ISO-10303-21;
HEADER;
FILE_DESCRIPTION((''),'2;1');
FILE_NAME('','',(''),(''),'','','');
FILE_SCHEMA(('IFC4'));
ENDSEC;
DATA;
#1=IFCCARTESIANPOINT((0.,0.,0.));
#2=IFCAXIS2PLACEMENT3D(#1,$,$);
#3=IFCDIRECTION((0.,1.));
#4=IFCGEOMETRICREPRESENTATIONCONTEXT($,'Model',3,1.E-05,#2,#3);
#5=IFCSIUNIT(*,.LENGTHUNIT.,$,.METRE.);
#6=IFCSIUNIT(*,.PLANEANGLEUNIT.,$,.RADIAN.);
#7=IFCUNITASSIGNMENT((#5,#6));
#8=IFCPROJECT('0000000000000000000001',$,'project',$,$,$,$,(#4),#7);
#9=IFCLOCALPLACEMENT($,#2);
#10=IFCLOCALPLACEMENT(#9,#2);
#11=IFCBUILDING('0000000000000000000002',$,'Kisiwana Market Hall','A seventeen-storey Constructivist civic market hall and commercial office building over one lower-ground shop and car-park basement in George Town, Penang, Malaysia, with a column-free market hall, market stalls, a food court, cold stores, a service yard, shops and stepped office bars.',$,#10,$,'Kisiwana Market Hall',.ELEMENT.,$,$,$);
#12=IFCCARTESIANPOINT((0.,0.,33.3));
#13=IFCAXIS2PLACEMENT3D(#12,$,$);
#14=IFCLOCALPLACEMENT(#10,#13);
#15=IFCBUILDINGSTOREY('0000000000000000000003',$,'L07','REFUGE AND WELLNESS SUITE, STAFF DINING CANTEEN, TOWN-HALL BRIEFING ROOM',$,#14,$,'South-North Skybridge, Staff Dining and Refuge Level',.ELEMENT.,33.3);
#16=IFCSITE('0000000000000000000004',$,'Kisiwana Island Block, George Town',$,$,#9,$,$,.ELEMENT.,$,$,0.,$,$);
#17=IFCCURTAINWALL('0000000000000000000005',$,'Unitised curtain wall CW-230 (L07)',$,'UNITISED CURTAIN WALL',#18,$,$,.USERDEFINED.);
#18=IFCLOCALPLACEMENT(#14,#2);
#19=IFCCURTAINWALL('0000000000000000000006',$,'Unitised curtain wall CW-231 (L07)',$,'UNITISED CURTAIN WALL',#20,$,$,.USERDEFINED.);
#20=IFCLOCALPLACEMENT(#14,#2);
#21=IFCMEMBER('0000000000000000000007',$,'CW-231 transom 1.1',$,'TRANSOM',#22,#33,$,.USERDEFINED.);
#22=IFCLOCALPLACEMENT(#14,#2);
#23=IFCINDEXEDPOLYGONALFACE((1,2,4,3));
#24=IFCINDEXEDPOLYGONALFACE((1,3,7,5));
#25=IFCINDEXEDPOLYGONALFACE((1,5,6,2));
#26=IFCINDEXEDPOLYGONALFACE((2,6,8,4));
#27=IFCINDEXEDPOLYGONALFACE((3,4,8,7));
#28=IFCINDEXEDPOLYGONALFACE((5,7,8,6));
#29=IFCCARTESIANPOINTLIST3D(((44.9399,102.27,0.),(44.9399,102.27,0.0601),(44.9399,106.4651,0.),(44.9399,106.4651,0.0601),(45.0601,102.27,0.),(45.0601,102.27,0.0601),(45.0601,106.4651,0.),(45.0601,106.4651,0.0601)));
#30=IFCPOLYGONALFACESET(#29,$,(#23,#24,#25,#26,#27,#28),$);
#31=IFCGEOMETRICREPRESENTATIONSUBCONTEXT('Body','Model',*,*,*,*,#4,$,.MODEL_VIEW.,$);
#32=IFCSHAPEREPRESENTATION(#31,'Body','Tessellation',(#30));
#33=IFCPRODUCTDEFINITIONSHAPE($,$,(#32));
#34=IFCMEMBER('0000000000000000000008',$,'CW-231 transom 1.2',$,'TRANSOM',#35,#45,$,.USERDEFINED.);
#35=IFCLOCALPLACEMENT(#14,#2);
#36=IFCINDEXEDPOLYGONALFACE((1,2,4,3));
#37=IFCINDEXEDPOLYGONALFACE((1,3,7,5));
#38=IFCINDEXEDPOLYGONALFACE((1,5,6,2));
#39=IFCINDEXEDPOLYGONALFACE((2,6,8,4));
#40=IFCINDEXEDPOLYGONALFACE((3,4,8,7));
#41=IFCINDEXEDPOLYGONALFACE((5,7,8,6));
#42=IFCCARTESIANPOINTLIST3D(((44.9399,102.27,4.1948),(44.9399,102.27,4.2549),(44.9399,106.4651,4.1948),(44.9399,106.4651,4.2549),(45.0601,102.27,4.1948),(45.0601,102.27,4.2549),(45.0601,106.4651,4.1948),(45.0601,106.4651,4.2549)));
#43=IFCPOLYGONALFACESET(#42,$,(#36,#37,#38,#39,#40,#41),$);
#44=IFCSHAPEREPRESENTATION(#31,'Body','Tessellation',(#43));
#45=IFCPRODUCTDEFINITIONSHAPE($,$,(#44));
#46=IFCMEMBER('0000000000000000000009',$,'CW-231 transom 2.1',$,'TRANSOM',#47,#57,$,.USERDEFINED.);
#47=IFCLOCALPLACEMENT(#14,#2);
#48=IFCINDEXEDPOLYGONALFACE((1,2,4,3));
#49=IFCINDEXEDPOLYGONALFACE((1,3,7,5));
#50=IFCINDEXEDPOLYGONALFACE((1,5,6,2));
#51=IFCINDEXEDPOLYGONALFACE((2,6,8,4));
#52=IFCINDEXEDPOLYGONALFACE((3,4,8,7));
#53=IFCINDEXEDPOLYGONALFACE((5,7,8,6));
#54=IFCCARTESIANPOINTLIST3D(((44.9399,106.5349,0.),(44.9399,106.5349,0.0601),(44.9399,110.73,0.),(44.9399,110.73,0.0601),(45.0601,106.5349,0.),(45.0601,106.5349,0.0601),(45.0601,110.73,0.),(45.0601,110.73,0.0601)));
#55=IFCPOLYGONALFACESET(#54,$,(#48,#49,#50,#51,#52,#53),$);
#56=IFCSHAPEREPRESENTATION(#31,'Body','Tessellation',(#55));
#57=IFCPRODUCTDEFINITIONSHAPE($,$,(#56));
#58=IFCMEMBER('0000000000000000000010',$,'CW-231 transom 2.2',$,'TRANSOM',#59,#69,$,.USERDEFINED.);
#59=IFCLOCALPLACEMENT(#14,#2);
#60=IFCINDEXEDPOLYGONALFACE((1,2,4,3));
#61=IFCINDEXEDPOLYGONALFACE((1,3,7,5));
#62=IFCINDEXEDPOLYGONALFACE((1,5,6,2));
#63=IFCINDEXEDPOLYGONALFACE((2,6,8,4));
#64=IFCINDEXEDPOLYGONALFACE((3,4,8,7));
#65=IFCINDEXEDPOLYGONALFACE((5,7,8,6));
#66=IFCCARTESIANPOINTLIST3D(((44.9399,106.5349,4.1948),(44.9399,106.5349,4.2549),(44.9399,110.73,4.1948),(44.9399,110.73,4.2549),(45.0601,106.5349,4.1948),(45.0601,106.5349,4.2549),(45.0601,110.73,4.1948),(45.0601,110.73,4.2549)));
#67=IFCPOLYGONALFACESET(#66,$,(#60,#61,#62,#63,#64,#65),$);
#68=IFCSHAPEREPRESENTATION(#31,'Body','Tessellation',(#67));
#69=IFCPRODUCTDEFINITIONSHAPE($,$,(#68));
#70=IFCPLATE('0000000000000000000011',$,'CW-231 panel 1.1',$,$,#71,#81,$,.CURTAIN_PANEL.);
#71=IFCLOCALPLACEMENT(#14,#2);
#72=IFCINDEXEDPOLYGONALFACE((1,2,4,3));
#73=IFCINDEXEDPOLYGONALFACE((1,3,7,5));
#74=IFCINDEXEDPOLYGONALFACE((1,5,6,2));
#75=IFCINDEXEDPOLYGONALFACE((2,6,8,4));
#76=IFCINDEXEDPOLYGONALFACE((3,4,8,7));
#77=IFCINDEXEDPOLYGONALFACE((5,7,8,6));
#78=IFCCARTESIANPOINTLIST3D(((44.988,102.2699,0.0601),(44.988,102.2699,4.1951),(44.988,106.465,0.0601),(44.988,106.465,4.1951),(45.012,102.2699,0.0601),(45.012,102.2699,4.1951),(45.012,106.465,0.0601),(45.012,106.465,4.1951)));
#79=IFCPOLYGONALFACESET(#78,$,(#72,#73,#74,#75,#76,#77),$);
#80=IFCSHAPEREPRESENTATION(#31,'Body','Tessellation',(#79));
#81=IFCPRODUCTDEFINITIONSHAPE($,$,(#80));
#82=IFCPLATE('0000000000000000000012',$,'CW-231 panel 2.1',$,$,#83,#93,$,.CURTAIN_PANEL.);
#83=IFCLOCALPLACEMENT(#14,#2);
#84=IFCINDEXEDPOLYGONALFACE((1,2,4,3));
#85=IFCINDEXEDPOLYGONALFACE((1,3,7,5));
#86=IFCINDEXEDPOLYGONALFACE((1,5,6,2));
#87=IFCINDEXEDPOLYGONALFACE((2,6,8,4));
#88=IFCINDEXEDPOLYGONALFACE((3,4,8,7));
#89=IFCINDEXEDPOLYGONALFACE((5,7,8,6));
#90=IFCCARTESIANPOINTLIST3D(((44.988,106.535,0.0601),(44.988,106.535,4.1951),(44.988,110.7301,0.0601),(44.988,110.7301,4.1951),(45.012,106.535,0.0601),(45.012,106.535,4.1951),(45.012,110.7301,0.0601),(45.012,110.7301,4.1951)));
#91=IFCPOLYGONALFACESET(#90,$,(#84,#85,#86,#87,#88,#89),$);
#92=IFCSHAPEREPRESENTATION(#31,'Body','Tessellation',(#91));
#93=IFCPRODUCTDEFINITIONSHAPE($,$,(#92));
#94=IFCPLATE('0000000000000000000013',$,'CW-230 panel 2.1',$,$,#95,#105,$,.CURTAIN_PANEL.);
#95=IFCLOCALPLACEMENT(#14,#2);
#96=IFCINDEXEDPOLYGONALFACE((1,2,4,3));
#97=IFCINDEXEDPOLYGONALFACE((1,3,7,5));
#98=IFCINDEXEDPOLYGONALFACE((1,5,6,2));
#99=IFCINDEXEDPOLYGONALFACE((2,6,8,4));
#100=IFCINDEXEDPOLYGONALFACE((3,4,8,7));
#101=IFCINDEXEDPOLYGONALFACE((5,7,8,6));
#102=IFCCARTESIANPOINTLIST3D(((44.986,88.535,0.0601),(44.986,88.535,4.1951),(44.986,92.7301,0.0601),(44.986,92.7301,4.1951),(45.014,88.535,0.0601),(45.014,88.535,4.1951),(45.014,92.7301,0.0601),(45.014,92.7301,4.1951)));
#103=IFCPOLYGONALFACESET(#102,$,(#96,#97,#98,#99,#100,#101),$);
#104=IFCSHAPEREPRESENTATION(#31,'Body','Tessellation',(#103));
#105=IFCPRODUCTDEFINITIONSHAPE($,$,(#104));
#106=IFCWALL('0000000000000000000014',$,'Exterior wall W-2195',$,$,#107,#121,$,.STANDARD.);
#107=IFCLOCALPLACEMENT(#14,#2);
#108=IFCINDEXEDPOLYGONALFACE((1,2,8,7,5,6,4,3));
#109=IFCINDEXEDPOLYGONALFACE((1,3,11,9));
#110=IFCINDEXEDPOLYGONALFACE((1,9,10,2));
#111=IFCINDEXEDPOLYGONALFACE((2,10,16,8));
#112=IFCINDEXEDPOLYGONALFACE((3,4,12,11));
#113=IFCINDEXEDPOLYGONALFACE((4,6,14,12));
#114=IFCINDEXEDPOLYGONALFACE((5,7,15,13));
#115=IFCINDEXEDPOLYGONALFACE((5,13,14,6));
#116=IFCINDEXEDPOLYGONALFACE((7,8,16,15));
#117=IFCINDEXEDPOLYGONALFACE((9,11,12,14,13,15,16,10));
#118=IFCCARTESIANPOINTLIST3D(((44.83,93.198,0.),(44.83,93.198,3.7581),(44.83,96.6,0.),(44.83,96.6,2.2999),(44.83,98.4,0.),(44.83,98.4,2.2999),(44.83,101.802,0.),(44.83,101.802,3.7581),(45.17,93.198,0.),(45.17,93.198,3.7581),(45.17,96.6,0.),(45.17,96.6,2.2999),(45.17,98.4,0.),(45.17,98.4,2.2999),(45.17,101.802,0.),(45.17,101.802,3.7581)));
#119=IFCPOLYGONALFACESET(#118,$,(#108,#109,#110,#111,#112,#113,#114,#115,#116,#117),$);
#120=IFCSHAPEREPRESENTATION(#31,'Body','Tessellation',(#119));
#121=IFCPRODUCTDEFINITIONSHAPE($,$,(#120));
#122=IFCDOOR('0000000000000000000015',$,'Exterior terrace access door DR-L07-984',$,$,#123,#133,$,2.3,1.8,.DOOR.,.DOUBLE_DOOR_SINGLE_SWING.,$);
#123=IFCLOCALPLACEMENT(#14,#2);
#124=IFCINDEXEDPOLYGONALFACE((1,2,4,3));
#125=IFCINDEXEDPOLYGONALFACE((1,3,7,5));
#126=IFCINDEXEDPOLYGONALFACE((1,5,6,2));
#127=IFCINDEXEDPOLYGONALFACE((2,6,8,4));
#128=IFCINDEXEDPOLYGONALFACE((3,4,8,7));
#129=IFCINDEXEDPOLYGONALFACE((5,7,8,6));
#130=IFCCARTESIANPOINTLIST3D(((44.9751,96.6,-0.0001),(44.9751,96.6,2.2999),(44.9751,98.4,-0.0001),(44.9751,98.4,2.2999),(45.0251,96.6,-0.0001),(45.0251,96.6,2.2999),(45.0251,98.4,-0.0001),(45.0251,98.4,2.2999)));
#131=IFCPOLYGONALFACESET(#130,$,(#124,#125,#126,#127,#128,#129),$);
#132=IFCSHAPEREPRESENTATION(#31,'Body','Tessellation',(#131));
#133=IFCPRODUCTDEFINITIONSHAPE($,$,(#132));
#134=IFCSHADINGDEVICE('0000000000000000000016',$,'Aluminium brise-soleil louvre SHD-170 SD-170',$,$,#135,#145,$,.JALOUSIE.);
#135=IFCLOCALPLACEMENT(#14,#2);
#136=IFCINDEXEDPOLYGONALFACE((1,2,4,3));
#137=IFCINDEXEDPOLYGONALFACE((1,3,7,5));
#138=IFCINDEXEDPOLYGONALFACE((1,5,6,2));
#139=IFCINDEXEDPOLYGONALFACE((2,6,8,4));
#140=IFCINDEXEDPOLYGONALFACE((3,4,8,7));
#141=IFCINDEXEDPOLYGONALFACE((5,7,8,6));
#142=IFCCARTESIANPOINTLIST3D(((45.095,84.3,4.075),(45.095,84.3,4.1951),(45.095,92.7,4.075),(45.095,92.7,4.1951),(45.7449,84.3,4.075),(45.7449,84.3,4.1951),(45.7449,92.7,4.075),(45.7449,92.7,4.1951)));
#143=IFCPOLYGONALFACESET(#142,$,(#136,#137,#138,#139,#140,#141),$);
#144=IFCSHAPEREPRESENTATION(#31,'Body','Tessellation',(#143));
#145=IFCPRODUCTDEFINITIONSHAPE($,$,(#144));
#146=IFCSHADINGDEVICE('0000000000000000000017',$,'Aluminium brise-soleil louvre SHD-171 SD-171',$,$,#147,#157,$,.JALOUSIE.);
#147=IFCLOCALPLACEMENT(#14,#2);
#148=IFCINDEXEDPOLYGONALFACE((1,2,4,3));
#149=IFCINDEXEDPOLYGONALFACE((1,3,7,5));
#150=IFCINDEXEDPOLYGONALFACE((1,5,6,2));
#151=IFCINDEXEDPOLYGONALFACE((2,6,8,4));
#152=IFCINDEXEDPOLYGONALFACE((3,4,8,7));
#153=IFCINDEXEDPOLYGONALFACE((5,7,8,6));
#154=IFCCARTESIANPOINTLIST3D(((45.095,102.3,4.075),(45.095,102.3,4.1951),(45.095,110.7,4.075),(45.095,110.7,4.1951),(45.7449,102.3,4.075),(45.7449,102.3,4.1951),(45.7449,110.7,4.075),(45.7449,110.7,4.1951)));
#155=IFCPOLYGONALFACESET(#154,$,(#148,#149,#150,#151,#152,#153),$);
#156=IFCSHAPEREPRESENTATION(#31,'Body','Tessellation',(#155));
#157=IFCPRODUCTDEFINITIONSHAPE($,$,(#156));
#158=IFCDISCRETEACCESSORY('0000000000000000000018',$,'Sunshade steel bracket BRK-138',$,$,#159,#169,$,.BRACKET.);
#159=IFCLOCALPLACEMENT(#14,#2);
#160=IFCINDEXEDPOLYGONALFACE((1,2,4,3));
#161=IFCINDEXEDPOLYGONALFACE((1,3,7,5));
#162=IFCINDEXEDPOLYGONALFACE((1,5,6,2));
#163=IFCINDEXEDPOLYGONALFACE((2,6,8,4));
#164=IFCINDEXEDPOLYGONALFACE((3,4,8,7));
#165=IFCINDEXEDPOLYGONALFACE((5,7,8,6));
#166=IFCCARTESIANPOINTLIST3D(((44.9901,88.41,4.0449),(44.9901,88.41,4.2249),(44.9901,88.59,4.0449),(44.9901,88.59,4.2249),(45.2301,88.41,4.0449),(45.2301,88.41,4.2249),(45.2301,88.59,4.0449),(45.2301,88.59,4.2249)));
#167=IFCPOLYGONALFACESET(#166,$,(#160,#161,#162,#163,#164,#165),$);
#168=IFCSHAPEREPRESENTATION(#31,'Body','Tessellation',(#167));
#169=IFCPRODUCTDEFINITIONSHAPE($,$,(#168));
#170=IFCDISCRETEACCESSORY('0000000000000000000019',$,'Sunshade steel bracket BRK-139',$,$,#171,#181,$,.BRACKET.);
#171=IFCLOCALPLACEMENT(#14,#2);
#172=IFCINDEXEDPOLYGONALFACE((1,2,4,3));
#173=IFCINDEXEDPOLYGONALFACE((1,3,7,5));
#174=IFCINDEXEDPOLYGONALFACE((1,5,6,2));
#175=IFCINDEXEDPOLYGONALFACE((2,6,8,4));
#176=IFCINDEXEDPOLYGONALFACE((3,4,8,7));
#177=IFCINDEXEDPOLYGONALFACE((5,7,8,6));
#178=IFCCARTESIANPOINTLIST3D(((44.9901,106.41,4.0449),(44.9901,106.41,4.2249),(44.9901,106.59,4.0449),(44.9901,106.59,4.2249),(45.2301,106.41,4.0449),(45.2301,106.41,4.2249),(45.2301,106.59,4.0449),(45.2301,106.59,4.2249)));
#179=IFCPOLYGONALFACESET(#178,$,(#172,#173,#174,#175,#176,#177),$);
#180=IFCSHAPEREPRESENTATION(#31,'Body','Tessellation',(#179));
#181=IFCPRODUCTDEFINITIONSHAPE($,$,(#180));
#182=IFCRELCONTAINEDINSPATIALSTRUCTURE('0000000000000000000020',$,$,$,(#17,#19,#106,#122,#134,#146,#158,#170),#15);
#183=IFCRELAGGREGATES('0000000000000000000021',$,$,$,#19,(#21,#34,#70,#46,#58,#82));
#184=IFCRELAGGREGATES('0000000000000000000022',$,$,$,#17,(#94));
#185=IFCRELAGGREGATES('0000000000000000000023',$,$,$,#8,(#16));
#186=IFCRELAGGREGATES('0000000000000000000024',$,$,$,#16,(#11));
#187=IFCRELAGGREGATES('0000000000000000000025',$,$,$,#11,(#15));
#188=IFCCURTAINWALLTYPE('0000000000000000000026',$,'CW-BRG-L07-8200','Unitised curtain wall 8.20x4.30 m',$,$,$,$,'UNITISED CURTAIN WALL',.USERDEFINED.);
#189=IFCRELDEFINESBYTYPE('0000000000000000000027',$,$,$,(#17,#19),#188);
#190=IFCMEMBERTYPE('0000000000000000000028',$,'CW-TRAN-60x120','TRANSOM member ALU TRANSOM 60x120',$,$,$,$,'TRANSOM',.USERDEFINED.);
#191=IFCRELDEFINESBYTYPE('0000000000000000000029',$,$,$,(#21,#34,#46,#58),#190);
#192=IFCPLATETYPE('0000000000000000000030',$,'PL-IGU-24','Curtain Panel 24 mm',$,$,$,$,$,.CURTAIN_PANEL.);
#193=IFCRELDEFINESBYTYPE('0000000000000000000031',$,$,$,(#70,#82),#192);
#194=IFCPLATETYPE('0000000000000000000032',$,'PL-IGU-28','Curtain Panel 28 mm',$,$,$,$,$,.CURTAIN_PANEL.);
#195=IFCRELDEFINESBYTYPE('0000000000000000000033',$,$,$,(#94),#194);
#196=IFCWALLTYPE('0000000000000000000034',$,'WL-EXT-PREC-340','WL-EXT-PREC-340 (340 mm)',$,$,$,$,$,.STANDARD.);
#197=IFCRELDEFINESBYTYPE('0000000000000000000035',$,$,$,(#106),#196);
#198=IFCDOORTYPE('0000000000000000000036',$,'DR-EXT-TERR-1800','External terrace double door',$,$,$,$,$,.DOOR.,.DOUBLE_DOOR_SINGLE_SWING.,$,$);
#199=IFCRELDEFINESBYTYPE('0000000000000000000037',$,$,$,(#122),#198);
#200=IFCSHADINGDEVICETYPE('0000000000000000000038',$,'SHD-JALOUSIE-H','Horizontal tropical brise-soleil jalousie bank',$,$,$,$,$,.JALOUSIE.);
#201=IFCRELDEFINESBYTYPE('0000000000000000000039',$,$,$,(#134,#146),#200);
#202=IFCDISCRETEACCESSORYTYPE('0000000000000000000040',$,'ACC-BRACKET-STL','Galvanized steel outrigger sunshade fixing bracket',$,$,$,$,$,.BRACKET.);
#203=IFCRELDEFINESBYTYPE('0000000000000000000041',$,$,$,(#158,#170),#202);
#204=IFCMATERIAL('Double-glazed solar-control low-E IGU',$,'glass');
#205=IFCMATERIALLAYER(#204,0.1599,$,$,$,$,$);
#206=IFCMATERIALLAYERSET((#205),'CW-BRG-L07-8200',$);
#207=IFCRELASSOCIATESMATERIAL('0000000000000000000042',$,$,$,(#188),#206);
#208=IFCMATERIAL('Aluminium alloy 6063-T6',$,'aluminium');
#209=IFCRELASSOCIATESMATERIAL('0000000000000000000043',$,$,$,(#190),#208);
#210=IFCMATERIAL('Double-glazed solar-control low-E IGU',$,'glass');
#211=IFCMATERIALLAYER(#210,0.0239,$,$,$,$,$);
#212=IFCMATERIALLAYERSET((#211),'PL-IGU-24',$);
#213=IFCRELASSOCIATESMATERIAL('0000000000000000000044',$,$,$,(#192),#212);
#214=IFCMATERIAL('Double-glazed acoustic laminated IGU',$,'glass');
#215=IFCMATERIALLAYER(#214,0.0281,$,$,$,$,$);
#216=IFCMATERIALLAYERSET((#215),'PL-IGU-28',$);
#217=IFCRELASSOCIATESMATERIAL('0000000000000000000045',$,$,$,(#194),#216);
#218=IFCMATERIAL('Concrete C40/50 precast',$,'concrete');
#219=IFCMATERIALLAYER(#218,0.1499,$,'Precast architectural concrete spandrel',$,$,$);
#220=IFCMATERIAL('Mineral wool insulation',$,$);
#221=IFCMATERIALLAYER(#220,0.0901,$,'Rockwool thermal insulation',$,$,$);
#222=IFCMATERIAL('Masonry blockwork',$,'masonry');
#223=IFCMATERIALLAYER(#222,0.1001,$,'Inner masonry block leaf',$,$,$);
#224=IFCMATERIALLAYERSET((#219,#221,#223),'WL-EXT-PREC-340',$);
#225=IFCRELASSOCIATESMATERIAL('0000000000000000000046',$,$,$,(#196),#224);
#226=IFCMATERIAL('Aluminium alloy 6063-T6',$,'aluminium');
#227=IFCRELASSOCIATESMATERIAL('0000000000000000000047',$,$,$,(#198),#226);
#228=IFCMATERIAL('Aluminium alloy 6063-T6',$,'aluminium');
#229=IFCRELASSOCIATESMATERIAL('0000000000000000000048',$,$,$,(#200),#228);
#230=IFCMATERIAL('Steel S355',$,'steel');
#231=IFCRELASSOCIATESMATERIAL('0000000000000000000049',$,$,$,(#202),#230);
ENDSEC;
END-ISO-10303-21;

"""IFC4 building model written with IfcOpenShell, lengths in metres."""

from ifc_helpers import new_model, si_unit, direction, frame, frame_2d, origin, origin_2d, place, context, subcontext, project, spatial, rectangle, extrude, material, layer, layer_set, material_profile, profile_set, type_object, element, fill, aggregate, save


model = new_model("IFC4")

# Units and contexts
model_context = context("Model", 3, precision=1e-05, world=origin(), true_north=direction((0.0, 1.0)))
body_context = subcontext(model_context, "Body", "Model", "MODEL_VIEW")
ifc_project = project(units=[si_unit("LENGTHUNIT", "METRE"), si_unit("PLANEANGLEUNIT", "RADIAN")], contexts=[model_context])

# Site, building, storey
site_placement = place(None, origin())
site = spatial("IfcSite", under=ifc_project, at=site_placement, Name="Kisiwana Island Block, George Town", CompositionType="ELEMENT", RefElevation=0.0)
building_placement = place(site_placement, origin())
building = spatial("IfcBuilding", under=site, at=building_placement, Name="Kisiwana Market Hall", Description="A seventeen-storey Constructivist civic market hall and commercial office building over one lower-ground shop and car-park basement in George Town, Penang, Malaysia, with a column-free market hall, market stalls, a food court, cold stores, a service yard, shops and stepped office bars.", LongName="Kisiwana Market Hall", CompositionType="ELEMENT")
storey_placement = place(building_placement, frame((0.0, 0.0, 33.3)))
storey = spatial("IfcBuildingStorey", under=building, at=storey_placement, Name="L07", Description="REFUGE AND WELLNESS SUITE, STAFF DINING CANTEEN, TOWN-HALL BRIEFING ROOM", LongName="South-North Skybridge, Staff Dining and Refuge Level", CompositionType="ELEMENT", Elevation=33.3)

# Curtain wall
ifc_material_1 = material(Name="Double-glazed solar-control low-E IGU", Category="glass")
ifc_layer_1 = layer(ifc_material_1, 0.1599)
ifc_layer_set_1 = layer_set([ifc_layer_1], Name="CW-BRG-L07-8200")
curtain_wall_type = type_object("IfcCurtainWallType", Name="CW-BRG-L07-8200", Description="Unitised curtain wall 8.20x4.30 m", ElementType="UNITISED CURTAIN WALL", PredefinedType="USERDEFINED", material=ifc_layer_set_1)
curtain_wall_1_placement = place(storey_placement, origin())
curtain_wall_1 = element("IfcCurtainWall", 1, at=curtain_wall_1_placement, inside=storey, type_object=curtain_wall_type, Name="Unitised curtain wall CW-230 (L07)", ObjectType="UNITISED CURTAIN WALL", PredefinedType="USERDEFINED")

# Curtain wall, members, plates
curtain_wall_2_placement = place(storey_placement, origin())
curtain_wall_2 = element("IfcCurtainWall", 2, at=curtain_wall_2_placement, inside=storey, type_object=curtain_wall_type, Name="Unitised curtain wall CW-231 (L07)", ObjectType="UNITISED CURTAIN WALL", PredefinedType="USERDEFINED")
ifc_material_2 = material(Name="Aluminium alloy 6063-T6", Category="aluminium")
ifc_material_profile_1 = material_profile(ifc_material_2, rectangle(XDim=0.1201, YDim=0.0601, at=origin_2d()), Name="ALU TRANSOM 60x120")
ifc_profile_set_1 = profile_set([ifc_material_profile_1], Name="Aluminium alloy 6063-T6")
member_type_1 = type_object("IfcMemberType", Name="CW-TRAN-60x120", Description="TRANSOM member ALU TRANSOM 60x120", ElementType="TRANSOM", PredefinedType="USERDEFINED", material=ifc_profile_set_1)
member_1_placement = place(storey_placement, frame((45.0, 102.27, 0.03), z_axis=(0.0, 1.0, 0.0), x_axis=(-1.0, 0.0, 0.0)))
member_1 = element("IfcMember", 3, at=member_1_placement, type_object=member_type_1, Name="CW-231 transom 1.1", ObjectType="TRANSOM", PredefinedType="USERDEFINED", context=body_context, shape_type="SweptSolid", body=[
    extrude(rectangle(XDim=0.1201, YDim=0.0601, at=origin_2d()), origin(), (0.0, 0.0, 1.0), 4.1951),
])
member_2_placement = place(storey_placement, frame((45.0, 102.27, 4.2249), z_axis=(0.0, 1.0, 0.0), x_axis=(-1.0, 0.0, 0.0)))
member_2 = element("IfcMember", 4, at=member_2_placement, type_object=member_type_1, Name="CW-231 transom 1.2", ObjectType="TRANSOM", PredefinedType="USERDEFINED", context=body_context, shape_type="SweptSolid", body=[
    extrude(rectangle(XDim=0.1201, YDim=0.0601, at=origin_2d()), origin(), (0.0, 0.0, 1.0), 4.1951),
])
member_3_placement = place(storey_placement, frame((45.0, 106.5349, 0.03), z_axis=(0.0, 1.0, 0.0), x_axis=(-1.0, 0.0, 0.0)))
member_3 = element("IfcMember", 5, at=member_3_placement, type_object=member_type_1, Name="CW-231 transom 2.1", ObjectType="TRANSOM", PredefinedType="USERDEFINED", context=body_context, shape_type="SweptSolid", body=[
    extrude(rectangle(XDim=0.1201, YDim=0.0601, at=origin_2d()), origin(), (0.0, 0.0, 1.0), 4.1951),
])
member_4_placement = place(storey_placement, frame((45.0, 106.5349, 4.2249), z_axis=(0.0, 1.0, 0.0), x_axis=(-1.0, 0.0, 0.0)))
member_4 = element("IfcMember", 6, at=member_4_placement, type_object=member_type_1, Name="CW-231 transom 2.2", ObjectType="TRANSOM", PredefinedType="USERDEFINED", context=body_context, shape_type="SweptSolid", body=[
    extrude(rectangle(XDim=0.1201, YDim=0.0601, at=origin_2d()), origin(), (0.0, 0.0, 1.0), 4.1951),
])
ifc_material_3 = material(Name="Double-glazed solar-control low-E IGU", Category="glass")
ifc_layer_2 = layer(ifc_material_3, 0.0239)
ifc_layer_set_2 = layer_set([ifc_layer_2], Name="PL-IGU-24")
plate_type_1 = type_object("IfcPlateType", Name="PL-IGU-24", Description="Curtain Panel 24 mm", PredefinedType="CURTAIN_PANEL", material=ifc_layer_set_2)
plate_1_placement = place(storey_placement, frame((45.0, 104.3674, 0.0601), z_axis=(0.0, 0.0, 1.0), x_axis=(0.0, 1.0, 0.0)))
plate_1 = element("IfcPlate", 7, at=plate_1_placement, type_object=plate_type_1, Name="CW-231 panel 1.1", PredefinedType="CURTAIN_PANEL", context=body_context, shape_type="SweptSolid", body=[
    extrude(rectangle(XDim=4.1951, YDim=0.0239, at=origin_2d()), origin(), (0.0, 0.0, 1.0), 4.135),
])
plate_2_placement = place(storey_placement, frame((45.0, 108.6326, 0.0601), z_axis=(0.0, 0.0, 1.0), x_axis=(0.0, 1.0, 0.0)))
plate_2 = element("IfcPlate", 8, at=plate_2_placement, type_object=plate_type_1, Name="CW-231 panel 2.1", PredefinedType="CURTAIN_PANEL", context=body_context, shape_type="SweptSolid", body=[
    extrude(rectangle(XDim=4.1951, YDim=0.0239, at=origin_2d()), origin(), (0.0, 0.0, 1.0), 4.135),
])
aggregate(curtain_wall_2, [member_1, member_2, plate_1, member_3, member_4, plate_2])

# Plate
ifc_material_4 = material(Name="Double-glazed acoustic laminated IGU", Category="glass")
ifc_layer_3 = layer(ifc_material_4, 0.0281)
ifc_layer_set_3 = layer_set([ifc_layer_3], Name="PL-IGU-28")
plate_type_2 = type_object("IfcPlateType", Name="PL-IGU-28", Description="Curtain Panel 28 mm", PredefinedType="CURTAIN_PANEL", material=ifc_layer_set_3)
plate_3_placement = place(storey_placement, frame((45.0, 90.6326, 0.0601), z_axis=(0.0, 0.0, 1.0), x_axis=(0.0, 1.0, 0.0)))
plate_3 = element("IfcPlate", 9, at=plate_3_placement, type_object=plate_type_2, Name="CW-230 panel 2.1", PredefinedType="CURTAIN_PANEL", context=body_context, shape_type="SweptSolid", body=[
    extrude(rectangle(XDim=4.1951, YDim=0.0281, at=origin_2d()), origin(), (0.0, 0.0, 1.0), 4.135),
])
aggregate(curtain_wall_1, [plate_3])

# Wall, opening, door
ifc_material_5 = material(Name="Concrete C40/50 precast", Category="concrete")
ifc_layer_4 = layer(ifc_material_5, 0.1499, Name="Precast architectural concrete spandrel")
ifc_material_6 = material(Name="Mineral wool insulation")
ifc_layer_5 = layer(ifc_material_6, 0.0901, Name="Rockwool thermal insulation")
ifc_material_7 = material(Name="Masonry blockwork", Category="masonry")
ifc_layer_6 = layer(ifc_material_7, 0.1001, Name="Inner masonry block leaf")
ifc_layer_set_4 = layer_set([ifc_layer_4, ifc_layer_5, ifc_layer_6], Name="WL-EXT-PREC-340")
wall_type = type_object("IfcWallType", Name="WL-EXT-PREC-340", Description="WL-EXT-PREC-340 (340 mm)", PredefinedType="STANDARD", material=ifc_layer_set_4)
wall_placement = place(storey_placement, frame((45.0, 93.198, 0.0), z_axis=(0.0, 0.0, 1.0), x_axis=(0.0, 1.0, 0.0)))
wall = element("IfcWall", 10, at=wall_placement, inside=storey, type_object=wall_type, Name="Exterior wall W-2195", PredefinedType="STANDARD", context=body_context, shape_type="SweptSolid", body=[
    extrude(rectangle(XDim=8.604, YDim=0.3401, at=frame_2d((4.302, 0.0))), origin(), (0.0, 0.0, 1.0), 3.7581),
])
opening_placement = place(wall_placement, frame((3.4021, 0.0, 0.0)))
opening = element("IfcOpeningElement", 11, at=opening_placement, cuts=wall, PredefinedType="OPENING", context=body_context, shape_type="SweptSolid", body=[
    extrude(rectangle(XDim=1.8, YDim=2.3, at=frame_2d((0.8999, 1.1499))), frame((0.0, 0.1821, 0.0), z_axis=(0.0, -1.0, 0.0), x_axis=(1.0, 0.0, 0.0)), (0.0, 0.0, 1.0), 0.364),
])
ifc_material_8 = material(Name="Aluminium alloy 6063-T6", Category="aluminium")
door_type = type_object("IfcDoorType", Name="DR-EXT-TERR-1800", Description="External terrace double door", OperationType="DOUBLE_DOOR_SINGLE_SWING", PredefinedType="DOOR", material=ifc_material_8)
door_placement = place(opening_placement, origin())
door = element("IfcDoor", 12, at=door_placement, inside=storey, type_object=door_type, Name="Exterior terrace access door DR-L07-984", OperationType="DOUBLE_DOOR_SINGLE_SWING", OverallHeight=2.3, OverallWidth=1.8, PredefinedType="DOOR", context=body_context, shape_type="SweptSolid", body=[
    extrude(rectangle(XDim=1.8, YDim=2.3, at=frame_2d((0.8999, 1.1499))), frame((0.0, 0.0249, 0.0), z_axis=(0.0, -1.0, 0.0), x_axis=(1.0, 0.0, 0.0)), (0.0, 0.0, 1.0), 0.05),
])
fill(opening, door)

# Shading devices
ifc_material_9 = material(Name="Aluminium alloy 6063-T6", Category="aluminium")
shading_device_type = type_object("IfcShadingDeviceType", Name="SHD-JALOUSIE-H", Description="Horizontal tropical brise-soleil jalousie bank", PredefinedType="JALOUSIE", material=ifc_material_9)
for number, where, z_axis, x_axis, name in (
    (13, (45.4199, 88.5, 4.075), (0.0, 0.0, 1.0), (0.0, 1.0, 0.0), "Aluminium brise-soleil louvre SHD-170 SD-170"),
    (14, (45.4199, 106.5, 4.075), (0.0, 0.0, 1.0), (0.0, 1.0, 0.0), "Aluminium brise-soleil louvre SHD-171 SD-171"),
):
    element("IfcShadingDevice", number, at=place(storey_placement, frame(where, z_axis=z_axis, x_axis=x_axis)), inside=storey, type_object=shading_device_type, Name=name, PredefinedType="JALOUSIE", context=body_context, shape_type="SweptSolid", body=[
        extrude(rectangle(XDim=8.3999, YDim=0.6499, at=origin_2d()), origin(), (0.0, 0.0, 1.0), 0.1201),
    ])

# Discrete accessories
ifc_material_10 = material(Name="Steel S355", Category="steel")
discrete_accessory_type = type_object("IfcDiscreteAccessoryType", Name="ACC-BRACKET-STL", Description="Galvanized steel outrigger sunshade fixing bracket", PredefinedType="BRACKET", material=ifc_material_10)
for number, where, z_axis, x_axis, name in (
    (15, (45.1101, 88.5, 4.0449), (0.0, 0.0, 1.0), (0.0, 1.0, 0.0), "Sunshade steel bracket BRK-138"),
    (16, (45.1101, 106.5, 4.0449), (0.0, 0.0, 1.0), (0.0, 1.0, 0.0), "Sunshade steel bracket BRK-139"),
):
    element("IfcDiscreteAccessory", number, at=place(storey_placement, frame(where, z_axis=z_axis, x_axis=x_axis)), inside=storey, type_object=discrete_accessory_type, Name=name, PredefinedType="BRACKET", context=body_context, shape_type="SweptSolid", body=[
        extrude(rectangle(XDim=0.1799, YDim=0.24, at=origin_2d()), origin(), (0.0, 0.0, 1.0), 0.1799),
    ])

save(model, "model.ifc")
